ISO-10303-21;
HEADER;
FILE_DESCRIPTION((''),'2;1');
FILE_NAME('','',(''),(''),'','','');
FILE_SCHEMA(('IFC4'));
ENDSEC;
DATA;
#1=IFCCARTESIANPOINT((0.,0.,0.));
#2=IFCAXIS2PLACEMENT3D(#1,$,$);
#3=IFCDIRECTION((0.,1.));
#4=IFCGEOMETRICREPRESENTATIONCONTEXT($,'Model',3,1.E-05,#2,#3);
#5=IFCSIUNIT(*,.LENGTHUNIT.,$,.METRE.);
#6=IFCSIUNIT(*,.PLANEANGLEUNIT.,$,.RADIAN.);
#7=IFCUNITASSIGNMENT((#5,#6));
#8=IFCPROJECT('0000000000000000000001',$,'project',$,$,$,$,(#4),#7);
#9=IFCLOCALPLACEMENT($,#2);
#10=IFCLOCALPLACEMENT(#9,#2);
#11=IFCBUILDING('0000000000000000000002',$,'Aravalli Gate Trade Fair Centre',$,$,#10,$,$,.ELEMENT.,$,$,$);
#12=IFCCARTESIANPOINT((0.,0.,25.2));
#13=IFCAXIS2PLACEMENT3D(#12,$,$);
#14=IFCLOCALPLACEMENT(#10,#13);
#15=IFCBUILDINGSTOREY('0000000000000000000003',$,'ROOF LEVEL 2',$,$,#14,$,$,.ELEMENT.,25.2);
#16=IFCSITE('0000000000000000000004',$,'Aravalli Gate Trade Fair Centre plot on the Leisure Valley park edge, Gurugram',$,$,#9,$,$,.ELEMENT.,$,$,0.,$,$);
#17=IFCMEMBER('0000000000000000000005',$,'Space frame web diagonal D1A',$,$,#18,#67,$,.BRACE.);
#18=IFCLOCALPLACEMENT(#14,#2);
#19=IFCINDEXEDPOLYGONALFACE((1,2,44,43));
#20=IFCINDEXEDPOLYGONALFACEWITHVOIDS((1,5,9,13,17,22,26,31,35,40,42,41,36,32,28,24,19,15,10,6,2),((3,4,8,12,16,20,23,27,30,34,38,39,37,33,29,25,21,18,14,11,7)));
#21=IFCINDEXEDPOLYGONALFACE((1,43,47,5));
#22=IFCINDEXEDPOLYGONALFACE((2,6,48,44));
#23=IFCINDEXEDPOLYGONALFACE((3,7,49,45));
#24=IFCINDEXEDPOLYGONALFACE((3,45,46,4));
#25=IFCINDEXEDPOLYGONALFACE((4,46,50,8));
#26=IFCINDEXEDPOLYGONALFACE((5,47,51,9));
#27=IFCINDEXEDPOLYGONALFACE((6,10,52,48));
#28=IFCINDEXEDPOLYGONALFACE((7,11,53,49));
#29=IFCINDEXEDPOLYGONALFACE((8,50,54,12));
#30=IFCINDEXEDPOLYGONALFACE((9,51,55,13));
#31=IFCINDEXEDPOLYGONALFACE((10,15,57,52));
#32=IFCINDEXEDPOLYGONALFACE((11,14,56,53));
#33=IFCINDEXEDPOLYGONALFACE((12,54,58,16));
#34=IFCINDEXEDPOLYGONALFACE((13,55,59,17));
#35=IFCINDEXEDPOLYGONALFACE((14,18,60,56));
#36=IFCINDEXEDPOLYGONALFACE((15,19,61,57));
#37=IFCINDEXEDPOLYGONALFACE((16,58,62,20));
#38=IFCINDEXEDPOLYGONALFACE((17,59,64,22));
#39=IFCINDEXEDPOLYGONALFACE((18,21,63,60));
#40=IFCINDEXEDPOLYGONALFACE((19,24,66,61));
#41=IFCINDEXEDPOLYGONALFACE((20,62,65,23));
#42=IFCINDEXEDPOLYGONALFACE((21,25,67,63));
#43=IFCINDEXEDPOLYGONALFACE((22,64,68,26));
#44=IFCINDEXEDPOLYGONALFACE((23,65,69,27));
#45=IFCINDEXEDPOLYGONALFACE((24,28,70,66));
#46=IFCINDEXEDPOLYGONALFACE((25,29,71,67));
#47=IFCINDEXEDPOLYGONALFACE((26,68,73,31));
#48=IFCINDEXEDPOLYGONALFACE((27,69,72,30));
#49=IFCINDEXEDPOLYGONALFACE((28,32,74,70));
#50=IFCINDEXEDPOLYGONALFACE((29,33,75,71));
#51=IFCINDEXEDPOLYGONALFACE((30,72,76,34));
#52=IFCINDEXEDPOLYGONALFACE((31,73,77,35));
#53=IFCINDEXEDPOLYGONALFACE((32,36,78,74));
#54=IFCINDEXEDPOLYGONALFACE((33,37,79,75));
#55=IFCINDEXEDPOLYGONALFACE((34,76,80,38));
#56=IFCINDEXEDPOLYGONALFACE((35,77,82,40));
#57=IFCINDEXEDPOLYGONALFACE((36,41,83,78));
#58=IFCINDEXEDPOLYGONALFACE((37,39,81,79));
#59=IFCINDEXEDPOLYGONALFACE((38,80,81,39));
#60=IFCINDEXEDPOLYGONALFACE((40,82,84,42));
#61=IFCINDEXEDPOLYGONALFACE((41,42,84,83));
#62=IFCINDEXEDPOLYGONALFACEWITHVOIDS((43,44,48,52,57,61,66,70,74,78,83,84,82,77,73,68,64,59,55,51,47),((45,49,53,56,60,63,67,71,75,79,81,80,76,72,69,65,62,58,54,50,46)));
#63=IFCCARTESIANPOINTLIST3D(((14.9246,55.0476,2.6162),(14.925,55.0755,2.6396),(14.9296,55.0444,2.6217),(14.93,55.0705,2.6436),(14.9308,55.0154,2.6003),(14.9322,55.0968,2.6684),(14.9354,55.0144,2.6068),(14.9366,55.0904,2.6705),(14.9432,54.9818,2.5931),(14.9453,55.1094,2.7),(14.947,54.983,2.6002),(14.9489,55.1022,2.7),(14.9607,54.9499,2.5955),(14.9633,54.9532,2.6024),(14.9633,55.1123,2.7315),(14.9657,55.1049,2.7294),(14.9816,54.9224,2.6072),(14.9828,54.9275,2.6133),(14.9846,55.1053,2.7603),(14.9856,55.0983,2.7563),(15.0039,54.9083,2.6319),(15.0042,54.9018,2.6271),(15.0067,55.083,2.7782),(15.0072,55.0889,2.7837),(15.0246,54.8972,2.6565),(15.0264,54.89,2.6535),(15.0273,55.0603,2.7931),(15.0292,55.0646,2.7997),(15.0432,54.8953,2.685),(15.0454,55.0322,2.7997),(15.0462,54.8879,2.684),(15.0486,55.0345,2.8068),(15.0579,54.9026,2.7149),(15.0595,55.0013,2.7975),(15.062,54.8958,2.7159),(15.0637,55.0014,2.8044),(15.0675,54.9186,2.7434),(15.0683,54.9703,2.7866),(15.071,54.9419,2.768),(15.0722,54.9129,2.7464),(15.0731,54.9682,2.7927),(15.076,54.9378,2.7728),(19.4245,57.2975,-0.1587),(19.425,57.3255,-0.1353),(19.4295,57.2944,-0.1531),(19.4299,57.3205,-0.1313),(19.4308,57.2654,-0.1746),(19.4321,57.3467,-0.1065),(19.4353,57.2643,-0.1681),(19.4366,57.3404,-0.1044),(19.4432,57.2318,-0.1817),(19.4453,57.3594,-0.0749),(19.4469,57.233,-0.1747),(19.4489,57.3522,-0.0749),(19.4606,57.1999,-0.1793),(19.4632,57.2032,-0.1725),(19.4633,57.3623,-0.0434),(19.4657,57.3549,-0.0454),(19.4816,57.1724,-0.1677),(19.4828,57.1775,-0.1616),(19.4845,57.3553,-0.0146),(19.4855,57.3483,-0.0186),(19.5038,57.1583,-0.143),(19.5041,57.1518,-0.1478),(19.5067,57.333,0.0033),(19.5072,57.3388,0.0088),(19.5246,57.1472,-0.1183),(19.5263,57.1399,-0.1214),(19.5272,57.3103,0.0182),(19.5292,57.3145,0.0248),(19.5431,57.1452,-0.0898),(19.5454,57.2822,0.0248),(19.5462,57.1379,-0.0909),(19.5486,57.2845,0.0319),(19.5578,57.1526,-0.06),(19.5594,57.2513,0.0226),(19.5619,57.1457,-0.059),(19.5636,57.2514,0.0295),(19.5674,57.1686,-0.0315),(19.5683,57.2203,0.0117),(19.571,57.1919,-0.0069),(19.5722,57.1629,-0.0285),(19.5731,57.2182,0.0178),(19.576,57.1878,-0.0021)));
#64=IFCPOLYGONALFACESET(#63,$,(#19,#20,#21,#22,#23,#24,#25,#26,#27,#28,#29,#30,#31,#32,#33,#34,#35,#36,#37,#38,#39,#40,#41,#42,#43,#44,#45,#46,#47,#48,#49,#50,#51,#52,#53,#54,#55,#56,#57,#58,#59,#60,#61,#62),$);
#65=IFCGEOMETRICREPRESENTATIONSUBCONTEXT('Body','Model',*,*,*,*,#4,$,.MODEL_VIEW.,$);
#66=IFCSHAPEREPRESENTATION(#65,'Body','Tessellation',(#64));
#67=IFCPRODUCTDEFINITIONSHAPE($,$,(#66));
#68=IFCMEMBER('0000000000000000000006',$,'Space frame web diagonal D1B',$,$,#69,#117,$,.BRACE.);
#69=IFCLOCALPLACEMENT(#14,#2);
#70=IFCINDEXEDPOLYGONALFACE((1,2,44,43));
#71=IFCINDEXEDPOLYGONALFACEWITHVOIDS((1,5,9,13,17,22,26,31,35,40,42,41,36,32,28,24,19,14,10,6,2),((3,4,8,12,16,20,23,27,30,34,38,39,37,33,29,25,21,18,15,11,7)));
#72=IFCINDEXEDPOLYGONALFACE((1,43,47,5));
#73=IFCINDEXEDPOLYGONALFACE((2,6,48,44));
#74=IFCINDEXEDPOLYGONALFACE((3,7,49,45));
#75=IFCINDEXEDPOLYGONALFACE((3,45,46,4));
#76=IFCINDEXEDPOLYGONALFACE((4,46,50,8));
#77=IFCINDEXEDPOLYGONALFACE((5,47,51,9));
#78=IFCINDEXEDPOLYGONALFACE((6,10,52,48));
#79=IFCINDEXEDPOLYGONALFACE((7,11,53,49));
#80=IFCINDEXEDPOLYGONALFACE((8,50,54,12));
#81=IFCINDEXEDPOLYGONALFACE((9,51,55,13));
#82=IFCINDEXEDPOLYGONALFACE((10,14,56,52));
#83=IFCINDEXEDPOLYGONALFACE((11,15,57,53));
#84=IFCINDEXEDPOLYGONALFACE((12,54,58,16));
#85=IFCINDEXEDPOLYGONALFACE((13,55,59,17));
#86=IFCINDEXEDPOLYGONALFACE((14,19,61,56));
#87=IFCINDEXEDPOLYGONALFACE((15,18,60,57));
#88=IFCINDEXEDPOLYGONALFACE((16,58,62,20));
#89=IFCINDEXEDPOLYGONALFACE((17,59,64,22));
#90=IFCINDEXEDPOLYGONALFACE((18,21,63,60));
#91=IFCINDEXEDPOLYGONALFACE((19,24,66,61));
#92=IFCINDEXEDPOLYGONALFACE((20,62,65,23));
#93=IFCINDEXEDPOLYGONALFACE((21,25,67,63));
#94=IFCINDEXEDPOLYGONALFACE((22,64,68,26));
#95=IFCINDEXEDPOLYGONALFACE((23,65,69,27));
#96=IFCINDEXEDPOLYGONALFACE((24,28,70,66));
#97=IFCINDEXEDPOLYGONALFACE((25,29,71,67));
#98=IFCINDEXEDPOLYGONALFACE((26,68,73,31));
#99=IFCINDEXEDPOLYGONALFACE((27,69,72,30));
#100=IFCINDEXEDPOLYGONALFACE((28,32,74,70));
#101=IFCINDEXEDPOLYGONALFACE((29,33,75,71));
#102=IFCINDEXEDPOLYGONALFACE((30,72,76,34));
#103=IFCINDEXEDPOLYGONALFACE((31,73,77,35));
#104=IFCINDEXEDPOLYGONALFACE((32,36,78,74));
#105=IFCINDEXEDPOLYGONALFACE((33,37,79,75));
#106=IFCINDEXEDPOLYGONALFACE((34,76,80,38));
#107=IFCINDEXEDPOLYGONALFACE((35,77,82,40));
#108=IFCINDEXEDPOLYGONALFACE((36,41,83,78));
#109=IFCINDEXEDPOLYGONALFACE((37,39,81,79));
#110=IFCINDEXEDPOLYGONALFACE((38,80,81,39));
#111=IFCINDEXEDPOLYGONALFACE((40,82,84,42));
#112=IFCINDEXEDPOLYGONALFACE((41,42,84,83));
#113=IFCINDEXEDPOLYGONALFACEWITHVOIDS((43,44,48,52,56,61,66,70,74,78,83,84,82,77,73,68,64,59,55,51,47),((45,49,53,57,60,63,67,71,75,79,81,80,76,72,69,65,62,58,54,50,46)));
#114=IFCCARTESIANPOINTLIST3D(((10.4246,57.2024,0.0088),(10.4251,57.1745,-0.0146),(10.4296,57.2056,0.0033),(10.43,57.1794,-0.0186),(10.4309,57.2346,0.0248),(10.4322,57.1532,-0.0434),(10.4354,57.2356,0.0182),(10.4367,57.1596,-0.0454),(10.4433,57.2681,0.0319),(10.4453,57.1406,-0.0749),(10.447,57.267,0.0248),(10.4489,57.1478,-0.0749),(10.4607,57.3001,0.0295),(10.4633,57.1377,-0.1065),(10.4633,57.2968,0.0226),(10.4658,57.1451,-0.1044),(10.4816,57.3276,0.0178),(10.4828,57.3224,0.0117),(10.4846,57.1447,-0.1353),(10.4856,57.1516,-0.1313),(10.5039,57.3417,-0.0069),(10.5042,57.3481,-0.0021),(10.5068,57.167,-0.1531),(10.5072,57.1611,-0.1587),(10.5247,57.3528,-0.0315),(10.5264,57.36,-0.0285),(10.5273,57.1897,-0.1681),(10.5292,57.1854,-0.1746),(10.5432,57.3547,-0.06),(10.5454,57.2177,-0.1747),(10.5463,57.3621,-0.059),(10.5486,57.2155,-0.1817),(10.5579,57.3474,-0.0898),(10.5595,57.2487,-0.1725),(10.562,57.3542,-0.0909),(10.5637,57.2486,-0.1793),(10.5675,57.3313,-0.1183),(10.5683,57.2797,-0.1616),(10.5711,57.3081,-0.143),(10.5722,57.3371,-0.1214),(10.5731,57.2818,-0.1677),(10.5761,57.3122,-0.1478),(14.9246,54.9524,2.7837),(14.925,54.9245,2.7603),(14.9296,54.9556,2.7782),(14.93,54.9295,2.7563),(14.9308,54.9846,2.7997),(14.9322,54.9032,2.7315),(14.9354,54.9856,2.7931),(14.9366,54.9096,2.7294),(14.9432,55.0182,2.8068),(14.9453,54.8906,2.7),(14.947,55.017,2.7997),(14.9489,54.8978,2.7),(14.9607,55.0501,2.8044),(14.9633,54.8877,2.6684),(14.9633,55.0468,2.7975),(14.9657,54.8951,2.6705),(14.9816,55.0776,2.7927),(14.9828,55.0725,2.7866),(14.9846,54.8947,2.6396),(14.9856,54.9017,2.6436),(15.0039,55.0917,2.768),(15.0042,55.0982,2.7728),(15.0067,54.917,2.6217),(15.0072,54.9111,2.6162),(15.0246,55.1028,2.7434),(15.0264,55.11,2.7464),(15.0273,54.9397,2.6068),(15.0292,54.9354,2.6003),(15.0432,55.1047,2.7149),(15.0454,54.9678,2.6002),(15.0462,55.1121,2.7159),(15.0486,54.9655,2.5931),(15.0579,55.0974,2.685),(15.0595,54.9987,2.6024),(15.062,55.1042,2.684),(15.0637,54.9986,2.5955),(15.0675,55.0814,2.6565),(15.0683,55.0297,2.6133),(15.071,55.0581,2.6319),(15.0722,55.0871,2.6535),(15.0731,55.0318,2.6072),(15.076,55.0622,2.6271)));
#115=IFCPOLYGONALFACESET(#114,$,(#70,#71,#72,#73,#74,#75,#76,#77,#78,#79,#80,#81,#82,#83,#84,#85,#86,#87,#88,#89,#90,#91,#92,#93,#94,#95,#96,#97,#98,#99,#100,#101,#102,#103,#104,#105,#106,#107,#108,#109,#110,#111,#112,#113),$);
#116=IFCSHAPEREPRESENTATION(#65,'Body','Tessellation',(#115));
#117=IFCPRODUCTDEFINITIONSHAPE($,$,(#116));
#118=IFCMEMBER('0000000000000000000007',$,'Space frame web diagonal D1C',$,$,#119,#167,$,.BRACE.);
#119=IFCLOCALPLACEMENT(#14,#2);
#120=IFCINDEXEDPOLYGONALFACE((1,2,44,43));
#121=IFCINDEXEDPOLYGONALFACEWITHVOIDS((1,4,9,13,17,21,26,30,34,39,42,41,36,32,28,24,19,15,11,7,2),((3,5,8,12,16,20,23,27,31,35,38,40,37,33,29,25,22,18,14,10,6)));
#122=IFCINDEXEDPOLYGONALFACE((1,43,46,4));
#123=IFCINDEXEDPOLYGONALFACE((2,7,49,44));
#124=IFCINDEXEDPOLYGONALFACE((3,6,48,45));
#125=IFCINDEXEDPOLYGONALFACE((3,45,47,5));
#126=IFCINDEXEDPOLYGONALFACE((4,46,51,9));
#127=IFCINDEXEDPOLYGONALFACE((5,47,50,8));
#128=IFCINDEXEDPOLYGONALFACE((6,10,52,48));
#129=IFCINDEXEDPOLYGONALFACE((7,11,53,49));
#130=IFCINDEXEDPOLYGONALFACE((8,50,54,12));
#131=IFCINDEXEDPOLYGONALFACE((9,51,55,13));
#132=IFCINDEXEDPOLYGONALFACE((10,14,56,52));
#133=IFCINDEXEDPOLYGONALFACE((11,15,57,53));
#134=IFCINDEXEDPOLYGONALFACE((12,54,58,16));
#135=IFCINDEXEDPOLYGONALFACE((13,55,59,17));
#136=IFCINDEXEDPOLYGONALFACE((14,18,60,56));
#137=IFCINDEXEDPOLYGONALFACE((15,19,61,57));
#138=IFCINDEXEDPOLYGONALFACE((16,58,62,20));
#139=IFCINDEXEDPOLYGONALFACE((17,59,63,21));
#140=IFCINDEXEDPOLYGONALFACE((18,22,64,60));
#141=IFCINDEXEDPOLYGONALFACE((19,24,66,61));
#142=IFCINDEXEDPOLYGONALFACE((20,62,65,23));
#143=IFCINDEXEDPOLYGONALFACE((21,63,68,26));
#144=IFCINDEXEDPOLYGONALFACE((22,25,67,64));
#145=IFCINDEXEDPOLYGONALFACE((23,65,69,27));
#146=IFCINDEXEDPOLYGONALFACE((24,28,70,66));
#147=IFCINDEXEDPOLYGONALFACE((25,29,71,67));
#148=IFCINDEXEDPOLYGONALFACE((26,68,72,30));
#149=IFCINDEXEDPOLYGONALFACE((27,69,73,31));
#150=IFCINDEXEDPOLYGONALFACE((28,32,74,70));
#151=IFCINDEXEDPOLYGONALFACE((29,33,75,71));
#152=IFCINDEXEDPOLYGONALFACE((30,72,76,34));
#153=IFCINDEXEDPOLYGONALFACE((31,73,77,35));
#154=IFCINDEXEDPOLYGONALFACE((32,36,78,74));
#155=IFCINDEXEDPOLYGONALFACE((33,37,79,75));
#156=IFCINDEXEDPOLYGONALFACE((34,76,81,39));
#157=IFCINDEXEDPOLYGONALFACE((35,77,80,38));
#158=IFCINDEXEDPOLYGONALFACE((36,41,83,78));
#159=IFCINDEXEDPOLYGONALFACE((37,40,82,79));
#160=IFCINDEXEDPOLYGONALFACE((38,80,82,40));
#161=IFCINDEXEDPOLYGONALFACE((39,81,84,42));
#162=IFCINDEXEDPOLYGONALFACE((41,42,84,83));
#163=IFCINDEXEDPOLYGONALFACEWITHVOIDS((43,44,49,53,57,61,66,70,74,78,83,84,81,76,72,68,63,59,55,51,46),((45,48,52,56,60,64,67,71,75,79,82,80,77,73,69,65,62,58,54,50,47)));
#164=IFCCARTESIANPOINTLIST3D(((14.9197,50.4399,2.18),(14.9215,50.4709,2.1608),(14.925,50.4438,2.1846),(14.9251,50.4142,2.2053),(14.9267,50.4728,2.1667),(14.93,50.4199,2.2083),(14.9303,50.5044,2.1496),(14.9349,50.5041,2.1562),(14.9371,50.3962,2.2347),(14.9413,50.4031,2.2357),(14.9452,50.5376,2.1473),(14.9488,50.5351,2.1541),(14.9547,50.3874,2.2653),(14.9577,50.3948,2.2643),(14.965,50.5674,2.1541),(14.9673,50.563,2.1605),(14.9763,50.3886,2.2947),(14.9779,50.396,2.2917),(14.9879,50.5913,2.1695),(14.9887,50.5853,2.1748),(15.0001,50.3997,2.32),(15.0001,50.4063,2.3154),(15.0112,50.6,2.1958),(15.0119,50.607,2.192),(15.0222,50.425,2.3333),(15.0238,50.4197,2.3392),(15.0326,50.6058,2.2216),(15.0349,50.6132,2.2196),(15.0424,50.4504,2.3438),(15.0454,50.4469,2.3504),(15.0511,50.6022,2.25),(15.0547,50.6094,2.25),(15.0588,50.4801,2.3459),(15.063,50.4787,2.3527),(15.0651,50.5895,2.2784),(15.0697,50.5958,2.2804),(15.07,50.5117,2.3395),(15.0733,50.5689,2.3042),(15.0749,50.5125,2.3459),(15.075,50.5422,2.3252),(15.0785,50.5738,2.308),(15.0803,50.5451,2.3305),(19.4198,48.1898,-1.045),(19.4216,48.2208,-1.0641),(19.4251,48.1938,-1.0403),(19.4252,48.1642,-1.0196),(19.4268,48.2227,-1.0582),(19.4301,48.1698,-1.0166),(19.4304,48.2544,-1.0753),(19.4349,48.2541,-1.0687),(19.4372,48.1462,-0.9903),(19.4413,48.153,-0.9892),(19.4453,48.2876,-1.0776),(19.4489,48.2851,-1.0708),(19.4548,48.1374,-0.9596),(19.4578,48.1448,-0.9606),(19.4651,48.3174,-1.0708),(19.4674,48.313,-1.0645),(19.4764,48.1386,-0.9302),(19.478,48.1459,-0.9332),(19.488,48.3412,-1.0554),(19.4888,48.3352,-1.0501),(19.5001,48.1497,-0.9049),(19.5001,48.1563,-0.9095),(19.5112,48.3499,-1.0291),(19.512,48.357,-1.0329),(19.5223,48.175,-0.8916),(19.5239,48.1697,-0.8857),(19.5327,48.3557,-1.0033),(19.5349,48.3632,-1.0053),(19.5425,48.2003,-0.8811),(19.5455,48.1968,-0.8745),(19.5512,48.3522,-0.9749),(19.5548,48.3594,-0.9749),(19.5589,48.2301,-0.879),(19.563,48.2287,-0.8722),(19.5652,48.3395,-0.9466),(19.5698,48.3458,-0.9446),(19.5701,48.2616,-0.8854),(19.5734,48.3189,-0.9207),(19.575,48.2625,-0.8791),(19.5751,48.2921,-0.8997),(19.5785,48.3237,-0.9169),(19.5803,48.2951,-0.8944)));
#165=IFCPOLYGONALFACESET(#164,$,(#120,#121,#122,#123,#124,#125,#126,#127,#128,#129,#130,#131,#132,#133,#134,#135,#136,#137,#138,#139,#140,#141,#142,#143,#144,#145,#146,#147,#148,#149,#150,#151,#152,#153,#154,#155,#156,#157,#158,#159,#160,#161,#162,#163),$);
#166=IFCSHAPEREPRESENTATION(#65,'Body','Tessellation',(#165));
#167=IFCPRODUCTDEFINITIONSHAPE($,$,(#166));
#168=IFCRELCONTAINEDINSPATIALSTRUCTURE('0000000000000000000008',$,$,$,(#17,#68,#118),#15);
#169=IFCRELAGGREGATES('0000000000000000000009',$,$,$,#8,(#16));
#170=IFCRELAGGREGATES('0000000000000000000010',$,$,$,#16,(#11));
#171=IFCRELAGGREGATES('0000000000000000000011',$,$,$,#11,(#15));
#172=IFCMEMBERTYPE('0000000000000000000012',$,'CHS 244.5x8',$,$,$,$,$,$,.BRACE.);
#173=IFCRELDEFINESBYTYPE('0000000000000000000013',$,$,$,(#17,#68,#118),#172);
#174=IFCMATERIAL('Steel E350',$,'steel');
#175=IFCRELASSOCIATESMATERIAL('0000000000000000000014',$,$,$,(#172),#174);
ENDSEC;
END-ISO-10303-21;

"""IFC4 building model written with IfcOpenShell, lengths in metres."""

from ifc_helpers import new_model, si_unit, direction, frame, origin, origin_2d, place, context, subcontext, project, spatial, hollow_circle, extrude, material, material_profile, profile_set, type_object, element, save


model = new_model("IFC4")

# Units and contexts
model_context = context("Model", 3, precision=1e-05, world=origin(), true_north=direction((0.0, 1.0)))
body_context = subcontext(model_context, "Body", "Model", "MODEL_VIEW")
ifc_project = project(units=[si_unit("LENGTHUNIT", "METRE"), si_unit("PLANEANGLEUNIT", "RADIAN")], contexts=[model_context])

# Site, building, storey
site_placement = place(None, origin())
site = spatial("IfcSite", under=ifc_project, at=site_placement, Name="Aravalli Gate Trade Fair Centre plot on the Leisure Valley park edge, Gurugram", CompositionType="ELEMENT", RefElevation=0.0)
building_placement = place(site_placement, origin())
building = spatial("IfcBuilding", under=site, at=building_placement, Name="Aravalli Gate Trade Fair Centre", CompositionType="ELEMENT")
storey_placement = place(building_placement, frame((0.0, 0.0, 25.2)))
storey = spatial("IfcBuildingStorey", under=building, at=storey_placement, Name="ROOF LEVEL 2", CompositionType="ELEMENT", Elevation=25.2)

# Members
ifc_material = material(Name="Steel E350", Category="steel")
ifc_material_profile_1 = material_profile(ifc_material, hollow_circle(Radius=0.1223, WallThickness=0.0081, at=origin_2d()), Name="CHS 244.5x8")
ifc_profile_set_1 = profile_set([ifc_material_profile_1], Name="Steel E350")
member_type_1 = type_object("IfcMemberType", Name="CHS 244.5x8", PredefinedType="BRACE", material=ifc_profile_set_1)
for number, where, z_axis, x_axis, name in (
    (1, (15.0, 55.0, 2.7), (0.7832, 0.3916, -0.482956), (-0.447214, 0.894427, 0.0), "Space frame web diagonal D1A"),
    (2, (15.0, 55.0, 2.7), (-0.7832, 0.3916, -0.482956), (-0.447214, -0.894427, 0.0), "Space frame web diagonal D1B"),
):
    element("IfcMember", number, at=place(storey_placement, frame(where, z_axis=z_axis, x_axis=x_axis)), inside=storey, type_object=member_type_1, Name=name, PredefinedType="BRACE", context=body_context, shape_type="SweptSolid", body=[
        extrude(hollow_circle(Radius=0.1223, WallThickness=0.0081, at=origin_2d()), origin(), (0.0, 0.0, 1.0), 5.7456),
    ])
for number, where, z_axis, x_axis, name in (
    (3, (15.0, 50.5, 2.25), (0.753016, -0.376508, -0.539637), (0.447214, 0.894427, 0.0), "Space frame web diagonal D1C"),
):
    element("IfcMember", number, at=place(storey_placement, frame(where, z_axis=z_axis, x_axis=x_axis)), inside=storey, type_object=member_type_1, Name=name, PredefinedType="BRACE", context=body_context, shape_type="SweptSolid", body=[
        extrude(hollow_circle(Radius=0.1223, WallThickness=0.0081, at=origin_2d()), origin(), (0.0, 0.0, 1.0), 5.9761),
    ])

save(model, "model.ifc")
